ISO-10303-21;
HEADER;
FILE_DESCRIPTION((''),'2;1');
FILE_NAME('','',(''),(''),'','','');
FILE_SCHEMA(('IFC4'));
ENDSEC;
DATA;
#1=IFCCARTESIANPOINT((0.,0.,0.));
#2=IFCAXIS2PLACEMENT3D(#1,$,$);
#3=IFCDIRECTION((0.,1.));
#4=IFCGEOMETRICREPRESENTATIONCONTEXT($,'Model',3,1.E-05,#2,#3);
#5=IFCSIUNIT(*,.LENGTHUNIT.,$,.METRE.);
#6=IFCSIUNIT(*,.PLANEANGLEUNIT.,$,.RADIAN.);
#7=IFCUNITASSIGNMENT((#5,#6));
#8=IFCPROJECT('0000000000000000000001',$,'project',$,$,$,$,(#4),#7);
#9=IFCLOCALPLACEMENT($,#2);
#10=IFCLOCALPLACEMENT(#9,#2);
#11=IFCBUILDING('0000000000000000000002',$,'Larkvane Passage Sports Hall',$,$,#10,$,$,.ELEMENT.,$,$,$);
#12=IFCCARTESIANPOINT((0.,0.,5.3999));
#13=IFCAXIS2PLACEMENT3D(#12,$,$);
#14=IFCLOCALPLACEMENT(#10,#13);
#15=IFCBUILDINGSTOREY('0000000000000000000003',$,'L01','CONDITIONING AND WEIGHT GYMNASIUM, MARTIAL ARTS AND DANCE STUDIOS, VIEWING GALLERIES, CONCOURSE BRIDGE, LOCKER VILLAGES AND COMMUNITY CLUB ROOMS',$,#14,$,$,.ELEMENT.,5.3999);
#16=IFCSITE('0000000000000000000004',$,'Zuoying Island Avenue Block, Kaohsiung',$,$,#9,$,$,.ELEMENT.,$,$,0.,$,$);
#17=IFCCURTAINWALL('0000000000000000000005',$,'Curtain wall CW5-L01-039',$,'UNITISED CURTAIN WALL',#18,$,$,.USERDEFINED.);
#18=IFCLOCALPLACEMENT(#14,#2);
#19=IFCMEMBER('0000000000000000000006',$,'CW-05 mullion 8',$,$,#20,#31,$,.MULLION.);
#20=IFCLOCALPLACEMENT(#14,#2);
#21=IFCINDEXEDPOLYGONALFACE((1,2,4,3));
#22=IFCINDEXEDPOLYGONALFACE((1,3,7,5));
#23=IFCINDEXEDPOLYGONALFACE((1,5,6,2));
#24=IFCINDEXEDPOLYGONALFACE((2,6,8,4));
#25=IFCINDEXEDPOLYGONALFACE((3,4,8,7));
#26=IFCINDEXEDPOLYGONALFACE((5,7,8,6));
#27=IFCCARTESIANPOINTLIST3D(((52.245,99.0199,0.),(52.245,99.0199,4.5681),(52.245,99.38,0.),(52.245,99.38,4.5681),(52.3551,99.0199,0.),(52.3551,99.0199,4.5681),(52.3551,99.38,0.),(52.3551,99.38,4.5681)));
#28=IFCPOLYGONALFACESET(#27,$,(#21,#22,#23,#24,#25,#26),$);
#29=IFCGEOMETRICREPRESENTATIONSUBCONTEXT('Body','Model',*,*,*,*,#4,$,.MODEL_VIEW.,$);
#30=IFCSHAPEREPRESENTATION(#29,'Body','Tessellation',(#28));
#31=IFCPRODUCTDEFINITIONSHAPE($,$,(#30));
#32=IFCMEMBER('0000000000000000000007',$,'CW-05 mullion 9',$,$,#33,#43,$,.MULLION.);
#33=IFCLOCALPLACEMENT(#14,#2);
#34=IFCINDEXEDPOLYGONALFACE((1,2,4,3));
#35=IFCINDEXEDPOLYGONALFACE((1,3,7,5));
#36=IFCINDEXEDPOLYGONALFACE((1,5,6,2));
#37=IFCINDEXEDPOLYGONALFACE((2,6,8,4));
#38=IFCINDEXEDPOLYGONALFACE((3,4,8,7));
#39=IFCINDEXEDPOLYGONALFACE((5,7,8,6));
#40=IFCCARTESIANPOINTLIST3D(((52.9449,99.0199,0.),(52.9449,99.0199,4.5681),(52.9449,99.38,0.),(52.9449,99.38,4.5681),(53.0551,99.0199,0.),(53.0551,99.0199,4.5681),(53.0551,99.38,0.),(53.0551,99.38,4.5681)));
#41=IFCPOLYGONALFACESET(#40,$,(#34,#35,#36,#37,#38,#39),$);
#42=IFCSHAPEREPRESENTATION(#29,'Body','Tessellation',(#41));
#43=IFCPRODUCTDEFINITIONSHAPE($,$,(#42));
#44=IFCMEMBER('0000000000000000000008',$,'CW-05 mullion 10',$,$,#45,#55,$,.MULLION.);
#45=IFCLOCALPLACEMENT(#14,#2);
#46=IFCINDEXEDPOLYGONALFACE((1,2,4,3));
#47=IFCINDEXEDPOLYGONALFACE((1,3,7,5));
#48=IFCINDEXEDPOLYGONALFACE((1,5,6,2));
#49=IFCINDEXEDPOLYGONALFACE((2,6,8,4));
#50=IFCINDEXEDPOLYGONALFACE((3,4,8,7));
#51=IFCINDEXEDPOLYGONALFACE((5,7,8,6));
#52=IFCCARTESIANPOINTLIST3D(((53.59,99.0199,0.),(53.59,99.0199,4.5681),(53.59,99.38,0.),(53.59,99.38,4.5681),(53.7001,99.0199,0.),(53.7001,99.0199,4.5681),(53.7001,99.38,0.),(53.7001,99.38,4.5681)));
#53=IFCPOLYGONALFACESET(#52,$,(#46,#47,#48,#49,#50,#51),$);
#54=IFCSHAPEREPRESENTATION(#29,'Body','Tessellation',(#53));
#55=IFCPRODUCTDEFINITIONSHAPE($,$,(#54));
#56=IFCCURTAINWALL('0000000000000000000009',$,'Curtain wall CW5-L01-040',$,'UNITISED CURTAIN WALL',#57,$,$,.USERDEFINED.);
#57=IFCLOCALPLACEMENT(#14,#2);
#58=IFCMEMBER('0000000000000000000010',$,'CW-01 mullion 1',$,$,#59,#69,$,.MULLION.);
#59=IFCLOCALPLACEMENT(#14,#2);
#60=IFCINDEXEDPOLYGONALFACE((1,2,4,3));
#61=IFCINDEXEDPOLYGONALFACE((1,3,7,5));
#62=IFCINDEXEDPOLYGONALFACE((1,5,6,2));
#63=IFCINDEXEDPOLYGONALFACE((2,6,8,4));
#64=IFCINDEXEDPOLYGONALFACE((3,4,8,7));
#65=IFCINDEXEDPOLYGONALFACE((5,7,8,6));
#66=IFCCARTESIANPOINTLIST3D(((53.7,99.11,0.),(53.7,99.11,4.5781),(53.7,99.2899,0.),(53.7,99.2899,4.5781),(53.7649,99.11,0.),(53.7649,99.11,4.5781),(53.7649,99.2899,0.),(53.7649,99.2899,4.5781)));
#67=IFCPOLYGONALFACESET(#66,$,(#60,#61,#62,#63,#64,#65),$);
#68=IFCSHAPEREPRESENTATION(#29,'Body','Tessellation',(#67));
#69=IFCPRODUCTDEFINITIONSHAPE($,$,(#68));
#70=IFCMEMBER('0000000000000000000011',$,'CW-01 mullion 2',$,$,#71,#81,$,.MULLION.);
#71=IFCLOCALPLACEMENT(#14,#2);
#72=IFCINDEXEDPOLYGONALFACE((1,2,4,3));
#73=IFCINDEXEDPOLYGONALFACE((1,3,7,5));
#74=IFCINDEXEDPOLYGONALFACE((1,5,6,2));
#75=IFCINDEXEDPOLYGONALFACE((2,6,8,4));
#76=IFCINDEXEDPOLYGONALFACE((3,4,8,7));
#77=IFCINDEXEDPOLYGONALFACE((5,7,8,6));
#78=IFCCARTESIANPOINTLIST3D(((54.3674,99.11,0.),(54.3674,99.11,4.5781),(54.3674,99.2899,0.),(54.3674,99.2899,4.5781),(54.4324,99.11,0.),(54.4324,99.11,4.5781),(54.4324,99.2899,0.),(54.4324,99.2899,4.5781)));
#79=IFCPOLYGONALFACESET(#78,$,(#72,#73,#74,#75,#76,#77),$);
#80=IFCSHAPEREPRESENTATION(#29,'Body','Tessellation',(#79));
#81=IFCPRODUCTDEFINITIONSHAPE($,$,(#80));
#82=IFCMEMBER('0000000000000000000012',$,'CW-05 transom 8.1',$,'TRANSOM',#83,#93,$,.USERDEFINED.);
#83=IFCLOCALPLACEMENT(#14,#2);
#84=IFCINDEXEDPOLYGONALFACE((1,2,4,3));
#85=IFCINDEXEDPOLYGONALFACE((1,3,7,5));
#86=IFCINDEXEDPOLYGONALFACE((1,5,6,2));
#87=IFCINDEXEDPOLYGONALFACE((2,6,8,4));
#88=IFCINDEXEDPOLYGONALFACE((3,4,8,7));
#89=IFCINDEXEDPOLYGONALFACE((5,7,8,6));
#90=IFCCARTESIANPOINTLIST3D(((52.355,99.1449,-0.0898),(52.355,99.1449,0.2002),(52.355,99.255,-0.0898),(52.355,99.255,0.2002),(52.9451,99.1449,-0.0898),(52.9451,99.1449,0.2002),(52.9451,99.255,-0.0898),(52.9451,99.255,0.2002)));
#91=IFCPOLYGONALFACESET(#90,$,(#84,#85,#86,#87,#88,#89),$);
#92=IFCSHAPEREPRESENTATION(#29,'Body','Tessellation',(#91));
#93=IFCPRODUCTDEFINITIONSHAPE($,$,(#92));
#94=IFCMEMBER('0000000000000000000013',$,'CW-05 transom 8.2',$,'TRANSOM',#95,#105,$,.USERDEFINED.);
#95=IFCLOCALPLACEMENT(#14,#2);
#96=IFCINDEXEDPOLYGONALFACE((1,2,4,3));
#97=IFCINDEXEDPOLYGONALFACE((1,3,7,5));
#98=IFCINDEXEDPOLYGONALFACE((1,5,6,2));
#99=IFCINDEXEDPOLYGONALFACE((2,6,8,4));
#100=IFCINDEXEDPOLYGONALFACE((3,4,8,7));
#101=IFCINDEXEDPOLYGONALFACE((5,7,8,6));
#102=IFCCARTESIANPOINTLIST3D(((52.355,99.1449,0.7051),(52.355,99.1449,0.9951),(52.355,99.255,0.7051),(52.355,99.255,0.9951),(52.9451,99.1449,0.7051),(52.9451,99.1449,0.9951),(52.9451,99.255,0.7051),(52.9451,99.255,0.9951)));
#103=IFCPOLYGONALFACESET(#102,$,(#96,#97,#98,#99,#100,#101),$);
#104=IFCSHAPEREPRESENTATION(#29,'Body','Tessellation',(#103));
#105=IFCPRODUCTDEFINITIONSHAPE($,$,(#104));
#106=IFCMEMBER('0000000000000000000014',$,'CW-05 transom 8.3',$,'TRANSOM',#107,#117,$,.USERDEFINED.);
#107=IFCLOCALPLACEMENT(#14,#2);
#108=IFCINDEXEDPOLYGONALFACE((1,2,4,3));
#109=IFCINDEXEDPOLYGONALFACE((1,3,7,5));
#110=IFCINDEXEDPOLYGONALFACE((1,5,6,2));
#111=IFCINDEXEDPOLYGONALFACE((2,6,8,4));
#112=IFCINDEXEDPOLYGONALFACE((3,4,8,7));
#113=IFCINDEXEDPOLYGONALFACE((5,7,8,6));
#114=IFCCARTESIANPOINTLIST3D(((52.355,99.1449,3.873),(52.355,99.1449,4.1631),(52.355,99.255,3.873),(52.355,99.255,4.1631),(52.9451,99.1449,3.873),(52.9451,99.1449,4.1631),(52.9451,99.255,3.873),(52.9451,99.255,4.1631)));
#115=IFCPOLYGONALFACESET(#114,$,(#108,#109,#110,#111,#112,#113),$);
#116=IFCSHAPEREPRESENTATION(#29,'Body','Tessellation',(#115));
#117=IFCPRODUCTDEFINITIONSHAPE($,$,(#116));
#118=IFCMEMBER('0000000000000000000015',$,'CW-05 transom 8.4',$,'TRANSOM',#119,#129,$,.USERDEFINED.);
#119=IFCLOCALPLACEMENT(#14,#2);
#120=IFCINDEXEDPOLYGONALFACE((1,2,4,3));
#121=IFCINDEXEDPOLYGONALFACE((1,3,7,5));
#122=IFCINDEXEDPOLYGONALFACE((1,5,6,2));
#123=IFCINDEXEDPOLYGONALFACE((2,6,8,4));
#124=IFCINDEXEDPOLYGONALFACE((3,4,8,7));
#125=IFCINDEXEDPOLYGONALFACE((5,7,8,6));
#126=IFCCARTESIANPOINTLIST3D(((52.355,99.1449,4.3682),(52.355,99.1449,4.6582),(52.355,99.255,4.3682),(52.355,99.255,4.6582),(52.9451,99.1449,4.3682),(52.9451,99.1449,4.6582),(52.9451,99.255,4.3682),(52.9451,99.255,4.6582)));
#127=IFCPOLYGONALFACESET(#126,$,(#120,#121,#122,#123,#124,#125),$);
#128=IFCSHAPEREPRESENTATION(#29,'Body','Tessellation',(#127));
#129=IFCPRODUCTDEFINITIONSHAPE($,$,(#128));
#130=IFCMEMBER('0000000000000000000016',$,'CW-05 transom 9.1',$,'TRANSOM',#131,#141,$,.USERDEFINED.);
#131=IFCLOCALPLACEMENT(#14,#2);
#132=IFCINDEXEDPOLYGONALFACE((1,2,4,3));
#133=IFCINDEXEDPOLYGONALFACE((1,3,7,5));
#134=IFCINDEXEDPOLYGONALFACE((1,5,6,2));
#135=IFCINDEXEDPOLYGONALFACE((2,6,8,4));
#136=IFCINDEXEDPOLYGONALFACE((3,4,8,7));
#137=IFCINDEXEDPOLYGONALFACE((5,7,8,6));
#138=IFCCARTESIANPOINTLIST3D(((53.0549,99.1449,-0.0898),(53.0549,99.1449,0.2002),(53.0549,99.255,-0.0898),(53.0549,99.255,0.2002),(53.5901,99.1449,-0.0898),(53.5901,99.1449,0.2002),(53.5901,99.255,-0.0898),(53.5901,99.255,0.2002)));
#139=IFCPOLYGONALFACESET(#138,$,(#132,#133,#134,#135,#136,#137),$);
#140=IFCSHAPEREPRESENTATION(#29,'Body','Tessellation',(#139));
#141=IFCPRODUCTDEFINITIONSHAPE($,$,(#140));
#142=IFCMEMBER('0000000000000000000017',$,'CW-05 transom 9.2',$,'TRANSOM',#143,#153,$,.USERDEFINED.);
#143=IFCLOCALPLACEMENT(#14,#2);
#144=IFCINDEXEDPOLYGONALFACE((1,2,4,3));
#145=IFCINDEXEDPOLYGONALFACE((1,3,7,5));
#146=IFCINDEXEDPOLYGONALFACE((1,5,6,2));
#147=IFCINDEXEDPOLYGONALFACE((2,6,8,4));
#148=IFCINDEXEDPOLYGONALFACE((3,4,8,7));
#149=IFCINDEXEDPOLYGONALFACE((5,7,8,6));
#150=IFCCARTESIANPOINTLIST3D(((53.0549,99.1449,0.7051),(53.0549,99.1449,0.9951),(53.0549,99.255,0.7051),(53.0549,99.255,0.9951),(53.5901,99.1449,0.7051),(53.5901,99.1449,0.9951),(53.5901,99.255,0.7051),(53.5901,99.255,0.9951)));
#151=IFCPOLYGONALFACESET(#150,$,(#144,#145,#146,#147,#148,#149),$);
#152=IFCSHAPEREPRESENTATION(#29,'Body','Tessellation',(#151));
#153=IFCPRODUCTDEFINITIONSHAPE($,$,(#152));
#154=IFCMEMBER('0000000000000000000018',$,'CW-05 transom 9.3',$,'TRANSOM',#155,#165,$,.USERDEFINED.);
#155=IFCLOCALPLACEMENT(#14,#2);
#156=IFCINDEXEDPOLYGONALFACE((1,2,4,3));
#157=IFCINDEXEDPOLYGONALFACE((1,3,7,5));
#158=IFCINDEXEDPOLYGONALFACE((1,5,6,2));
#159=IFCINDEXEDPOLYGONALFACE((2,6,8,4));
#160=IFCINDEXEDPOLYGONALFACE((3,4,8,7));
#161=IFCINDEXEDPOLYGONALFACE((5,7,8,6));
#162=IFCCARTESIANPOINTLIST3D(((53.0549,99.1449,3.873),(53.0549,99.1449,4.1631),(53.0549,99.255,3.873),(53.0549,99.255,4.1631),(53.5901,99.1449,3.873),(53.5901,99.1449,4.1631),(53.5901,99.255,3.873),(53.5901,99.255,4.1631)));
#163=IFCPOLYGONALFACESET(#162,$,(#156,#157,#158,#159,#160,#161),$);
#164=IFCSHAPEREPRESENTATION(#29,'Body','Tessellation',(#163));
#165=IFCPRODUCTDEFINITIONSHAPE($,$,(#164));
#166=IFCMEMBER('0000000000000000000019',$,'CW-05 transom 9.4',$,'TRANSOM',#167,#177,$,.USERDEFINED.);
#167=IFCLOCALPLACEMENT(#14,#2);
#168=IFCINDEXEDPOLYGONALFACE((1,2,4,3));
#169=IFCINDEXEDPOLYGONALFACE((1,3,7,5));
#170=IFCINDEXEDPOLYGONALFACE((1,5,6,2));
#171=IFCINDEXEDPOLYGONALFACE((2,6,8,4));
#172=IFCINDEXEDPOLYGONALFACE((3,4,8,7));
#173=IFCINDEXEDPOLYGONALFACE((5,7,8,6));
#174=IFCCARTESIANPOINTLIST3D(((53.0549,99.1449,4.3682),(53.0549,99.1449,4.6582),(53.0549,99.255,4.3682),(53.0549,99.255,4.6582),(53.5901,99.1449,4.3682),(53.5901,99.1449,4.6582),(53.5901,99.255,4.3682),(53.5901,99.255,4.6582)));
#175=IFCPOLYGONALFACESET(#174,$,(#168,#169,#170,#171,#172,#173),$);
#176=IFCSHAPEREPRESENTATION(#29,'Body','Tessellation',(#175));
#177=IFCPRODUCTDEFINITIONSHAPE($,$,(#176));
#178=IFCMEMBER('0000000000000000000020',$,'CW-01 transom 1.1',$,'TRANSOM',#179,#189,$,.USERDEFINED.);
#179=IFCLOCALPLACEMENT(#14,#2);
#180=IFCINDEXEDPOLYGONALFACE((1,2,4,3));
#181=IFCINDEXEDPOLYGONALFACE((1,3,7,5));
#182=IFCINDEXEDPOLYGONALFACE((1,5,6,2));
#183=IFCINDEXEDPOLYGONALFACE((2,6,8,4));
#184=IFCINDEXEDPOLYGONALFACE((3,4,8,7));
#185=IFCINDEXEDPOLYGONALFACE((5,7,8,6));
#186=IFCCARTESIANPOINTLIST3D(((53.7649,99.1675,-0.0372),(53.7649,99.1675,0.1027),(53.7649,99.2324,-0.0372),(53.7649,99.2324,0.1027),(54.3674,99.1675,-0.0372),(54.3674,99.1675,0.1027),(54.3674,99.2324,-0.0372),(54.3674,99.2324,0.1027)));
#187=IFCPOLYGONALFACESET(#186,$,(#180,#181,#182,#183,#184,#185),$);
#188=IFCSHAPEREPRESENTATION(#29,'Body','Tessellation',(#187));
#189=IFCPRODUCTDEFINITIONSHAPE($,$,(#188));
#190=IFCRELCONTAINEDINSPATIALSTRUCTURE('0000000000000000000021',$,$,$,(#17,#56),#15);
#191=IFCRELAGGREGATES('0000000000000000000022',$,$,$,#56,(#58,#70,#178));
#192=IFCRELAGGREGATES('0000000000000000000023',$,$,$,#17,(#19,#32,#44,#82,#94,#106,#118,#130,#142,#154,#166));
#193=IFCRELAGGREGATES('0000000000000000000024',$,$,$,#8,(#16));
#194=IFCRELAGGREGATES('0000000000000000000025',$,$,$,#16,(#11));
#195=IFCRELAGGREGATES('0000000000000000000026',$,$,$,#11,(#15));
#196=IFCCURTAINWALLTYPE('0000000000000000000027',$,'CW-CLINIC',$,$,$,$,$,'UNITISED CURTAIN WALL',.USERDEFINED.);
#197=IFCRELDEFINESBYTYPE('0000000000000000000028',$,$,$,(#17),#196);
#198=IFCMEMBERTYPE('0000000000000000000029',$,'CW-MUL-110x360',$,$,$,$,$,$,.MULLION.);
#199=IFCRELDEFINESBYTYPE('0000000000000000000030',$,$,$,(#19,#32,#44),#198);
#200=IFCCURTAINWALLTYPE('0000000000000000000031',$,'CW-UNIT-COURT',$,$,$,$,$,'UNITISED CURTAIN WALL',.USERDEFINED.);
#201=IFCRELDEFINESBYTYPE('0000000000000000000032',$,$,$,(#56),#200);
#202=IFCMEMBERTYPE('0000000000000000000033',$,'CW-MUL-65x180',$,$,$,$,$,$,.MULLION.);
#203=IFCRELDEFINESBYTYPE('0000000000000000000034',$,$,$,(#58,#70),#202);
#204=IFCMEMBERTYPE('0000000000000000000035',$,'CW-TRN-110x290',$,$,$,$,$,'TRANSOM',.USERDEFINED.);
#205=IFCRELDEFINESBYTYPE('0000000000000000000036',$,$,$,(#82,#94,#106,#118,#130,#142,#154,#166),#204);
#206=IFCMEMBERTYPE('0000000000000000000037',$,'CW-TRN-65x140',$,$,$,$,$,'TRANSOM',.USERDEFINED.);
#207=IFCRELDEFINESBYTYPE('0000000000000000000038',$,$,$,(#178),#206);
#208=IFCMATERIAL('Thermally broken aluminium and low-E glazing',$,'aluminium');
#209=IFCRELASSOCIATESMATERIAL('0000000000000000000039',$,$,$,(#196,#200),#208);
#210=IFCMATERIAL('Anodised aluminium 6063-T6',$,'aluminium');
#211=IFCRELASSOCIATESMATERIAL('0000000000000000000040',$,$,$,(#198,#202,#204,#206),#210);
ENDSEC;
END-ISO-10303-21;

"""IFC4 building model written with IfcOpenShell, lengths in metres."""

from ifc_helpers import new_model, si_unit, direction, frame, origin, origin_2d, place, context, subcontext, project, spatial, rectangle, extrude, material, material_profile, profile_set, type_object, element, aggregate, save


model = new_model("IFC4")

# Units and contexts
model_context = context("Model", 3, precision=1e-05, world=origin(), true_north=direction((0.0, 1.0)))
body_context = subcontext(model_context, "Body", "Model", "MODEL_VIEW")
ifc_project = project(units=[si_unit("LENGTHUNIT", "METRE"), si_unit("PLANEANGLEUNIT", "RADIAN")], contexts=[model_context])

# Site, building, storey
site_placement = place(None, origin())
site = spatial("IfcSite", under=ifc_project, at=site_placement, Name="Zuoying Island Avenue Block, Kaohsiung", CompositionType="ELEMENT", RefElevation=0.0)
building_placement = place(site_placement, origin())
building = spatial("IfcBuilding", under=site, at=building_placement, Name="Larkvane Passage Sports Hall", CompositionType="ELEMENT")
storey_placement = place(building_placement, frame((0.0, 0.0, 5.3999)))
storey = spatial("IfcBuildingStorey", under=building, at=storey_placement, Name="L01", Description="CONDITIONING AND WEIGHT GYMNASIUM, MARTIAL ARTS AND DANCE STUDIOS, VIEWING GALLERIES, CONCOURSE BRIDGE, LOCKER VILLAGES AND COMMUNITY CLUB ROOMS", CompositionType="ELEMENT", Elevation=5.3999)

# Curtain walls, members
ifc_material_1 = material(Name="Thermally broken aluminium and low-E glazing", Category="aluminium")
curtain_wall_type_1 = type_object("IfcCurtainWallType", Name="CW-CLINIC", ElementType="UNITISED CURTAIN WALL", PredefinedType="USERDEFINED", material=ifc_material_1)
curtain_wall_1_placement = place(storey_placement, origin())
curtain_wall_1 = element("IfcCurtainWall", 1, at=curtain_wall_1_placement, inside=storey, type_object=curtain_wall_type_1, Name="Curtain wall CW5-L01-039", ObjectType="UNITISED CURTAIN WALL", PredefinedType="USERDEFINED")
ifc_material_2 = material(Name="Anodised aluminium 6063-T6", Category="aluminium")
ifc_material_profile_1 = material_profile(ifc_material_2, rectangle(XDim=0.1101, YDim=0.3601, at=origin_2d()), Name="ALU-MUL-110x360")
ifc_profile_set_1 = profile_set([ifc_material_profile_1], Name="Anodised aluminium 6063-T6")
member_type_1 = type_object("IfcMemberType", Name="CW-MUL-110x360", PredefinedType="MULLION", material=ifc_profile_set_1)
member_1_placement = place(storey_placement, frame((52.3, 99.2, 0.0), z_axis=(0.0, 0.0, 1.0), x_axis=(1.0, 0.0, 0.0)))
member_1 = element("IfcMember", 2, at=member_1_placement, type_object=member_type_1, Name="CW-05 mullion 8", PredefinedType="MULLION", context=body_context, shape_type="SweptSolid", body=[
    extrude(rectangle(XDim=0.1101, YDim=0.3601, at=origin_2d()), origin(), (0.0, 0.0, 1.0), 4.5681),
])
member_2_placement = place(storey_placement, frame((53.0, 99.2, 0.0), z_axis=(0.0, 0.0, 1.0), x_axis=(1.0, 0.0, 0.0)))
member_2 = element("IfcMember", 3, at=member_2_placement, type_object=member_type_1, Name="CW-05 mullion 9", PredefinedType="MULLION", context=body_context, shape_type="SweptSolid", body=[
    extrude(rectangle(XDim=0.1101, YDim=0.3601, at=origin_2d()), origin(), (0.0, 0.0, 1.0), 4.5681),
])
member_3_placement = place(storey_placement, frame((53.645, 99.2, 0.0), z_axis=(0.0, 0.0, 1.0), x_axis=(1.0, 0.0, 0.0)))
member_3 = element("IfcMember", 4, at=member_3_placement, type_object=member_type_1, Name="CW-05 mullion 10", PredefinedType="MULLION", context=body_context, shape_type="SweptSolid", body=[
    extrude(rectangle(XDim=0.1101, YDim=0.3601, at=origin_2d()), origin(), (0.0, 0.0, 1.0), 4.5681),
])
curtain_wall_type_2 = type_object("IfcCurtainWallType", Name="CW-UNIT-COURT", ElementType="UNITISED CURTAIN WALL", PredefinedType="USERDEFINED", material=ifc_material_1)
curtain_wall_2_placement = place(storey_placement, origin())
curtain_wall_2 = element("IfcCurtainWall", 5, at=curtain_wall_2_placement, inside=storey, type_object=curtain_wall_type_2, Name="Curtain wall CW5-L01-040", ObjectType="UNITISED CURTAIN WALL", PredefinedType="USERDEFINED")
ifc_material_profile_2 = material_profile(ifc_material_2, rectangle(XDim=0.0649, YDim=0.1799, at=origin_2d()), Name="ALU-MUL-65x180")
ifc_profile_set_2 = profile_set([ifc_material_profile_2], Name="Anodised aluminium 6063-T6")
member_type_2 = type_object("IfcMemberType", Name="CW-MUL-65x180", PredefinedType="MULLION", material=ifc_profile_set_2)
member_4_placement = place(storey_placement, frame((53.7324, 99.2, 0.0), z_axis=(0.0, 0.0, 1.0), x_axis=(1.0, 0.0, 0.0)))
member_4 = element("IfcMember", 6, at=member_4_placement, type_object=member_type_2, Name="CW-01 mullion 1", PredefinedType="MULLION", context=body_context, shape_type="SweptSolid", body=[
    extrude(rectangle(XDim=0.0649, YDim=0.1799, at=origin_2d()), origin(), (0.0, 0.0, 1.0), 4.5781),
])
member_5_placement = place(storey_placement, frame((54.3999, 99.2, 0.0), z_axis=(0.0, 0.0, 1.0), x_axis=(1.0, 0.0, 0.0)))
member_5 = element("IfcMember", 7, at=member_5_placement, type_object=member_type_2, Name="CW-01 mullion 2", PredefinedType="MULLION", context=body_context, shape_type="SweptSolid", body=[
    extrude(rectangle(XDim=0.0649, YDim=0.1799, at=origin_2d()), origin(), (0.0, 0.0, 1.0), 4.5781),
])

# Members
ifc_material_profile_3 = material_profile(ifc_material_2, rectangle(XDim=0.1101, YDim=0.29, at=origin_2d()), Name="ALU-TRN-110x290")
ifc_profile_set_3 = profile_set([ifc_material_profile_3], Name="Anodised aluminium 6063-T6")
member_type_3 = type_object("IfcMemberType", Name="CW-TRN-110x290", ElementType="TRANSOM", PredefinedType="USERDEFINED", material=ifc_profile_set_3)
member_6_placement = place(storey_placement, frame((52.355, 99.2, 0.0552), z_axis=(1.0, 0.0, 0.0), x_axis=(0.0, 1.0, 0.0)))
member_6 = element("IfcMember", 8, at=member_6_placement, type_object=member_type_3, Name="CW-05 transom 8.1", ObjectType="TRANSOM", PredefinedType="USERDEFINED", context=body_context, shape_type="SweptSolid", body=[
    extrude(rectangle(XDim=0.1101, YDim=0.29, at=origin_2d()), origin(), (0.0, 0.0, 1.0), 0.5901),
])
member_7_placement = place(storey_placement, frame((52.355, 99.2, 0.8501), z_axis=(1.0, 0.0, 0.0), x_axis=(0.0, 1.0, 0.0)))
member_7 = element("IfcMember", 9, at=member_7_placement, type_object=member_type_3, Name="CW-05 transom 8.2", ObjectType="TRANSOM", PredefinedType="USERDEFINED", context=body_context, shape_type="SweptSolid", body=[
    extrude(rectangle(XDim=0.1101, YDim=0.29, at=origin_2d()), origin(), (0.0, 0.0, 1.0), 0.5901),
])
member_8_placement = place(storey_placement, frame((52.355, 99.2, 4.0181), z_axis=(1.0, 0.0, 0.0), x_axis=(0.0, 1.0, 0.0)))
member_8 = element("IfcMember", 10, at=member_8_placement, type_object=member_type_3, Name="CW-05 transom 8.3", ObjectType="TRANSOM", PredefinedType="USERDEFINED", context=body_context, shape_type="SweptSolid", body=[
    extrude(rectangle(XDim=0.1101, YDim=0.29, at=origin_2d()), origin(), (0.0, 0.0, 1.0), 0.5901),
])
member_9_placement = place(storey_placement, frame((52.355, 99.2, 4.5132), z_axis=(1.0, 0.0, 0.0), x_axis=(0.0, 1.0, 0.0)))
member_9 = element("IfcMember", 11, at=member_9_placement, type_object=member_type_3, Name="CW-05 transom 8.4", ObjectType="TRANSOM", PredefinedType="USERDEFINED", context=body_context, shape_type="SweptSolid", body=[
    extrude(rectangle(XDim=0.1101, YDim=0.29, at=origin_2d()), origin(), (0.0, 0.0, 1.0), 0.5901),
])
member_10_placement = place(storey_placement, frame((53.0549, 99.2, 0.0552), z_axis=(1.0, 0.0, 0.0), x_axis=(0.0, 1.0, 0.0)))
member_10 = element("IfcMember", 12, at=member_10_placement, type_object=member_type_3, Name="CW-05 transom 9.1", ObjectType="TRANSOM", PredefinedType="USERDEFINED", context=body_context, shape_type="SweptSolid", body=[
    extrude(rectangle(XDim=0.1101, YDim=0.29, at=origin_2d()), origin(), (0.0, 0.0, 1.0), 0.5352),
])
member_11_placement = place(storey_placement, frame((53.0549, 99.2, 0.8501), z_axis=(1.0, 0.0, 0.0), x_axis=(0.0, 1.0, 0.0)))
member_11 = element("IfcMember", 13, at=member_11_placement, type_object=member_type_3, Name="CW-05 transom 9.2", ObjectType="TRANSOM", PredefinedType="USERDEFINED", context=body_context, shape_type="SweptSolid", body=[
    extrude(rectangle(XDim=0.1101, YDim=0.29, at=origin_2d()), origin(), (0.0, 0.0, 1.0), 0.5352),
])
member_12_placement = place(storey_placement, frame((53.0549, 99.2, 4.0181), z_axis=(1.0, 0.0, 0.0), x_axis=(0.0, 1.0, 0.0)))
member_12 = element("IfcMember", 14, at=member_12_placement, type_object=member_type_3, Name="CW-05 transom 9.3", ObjectType="TRANSOM", PredefinedType="USERDEFINED", context=body_context, shape_type="SweptSolid", body=[
    extrude(rectangle(XDim=0.1101, YDim=0.29, at=origin_2d()), origin(), (0.0, 0.0, 1.0), 0.5352),
])
member_13_placement = place(storey_placement, frame((53.0549, 99.2, 4.5132), z_axis=(1.0, 0.0, 0.0), x_axis=(0.0, 1.0, 0.0)))
member_13 = element("IfcMember", 15, at=member_13_placement, type_object=member_type_3, Name="CW-05 transom 9.4", ObjectType="TRANSOM", PredefinedType="USERDEFINED", context=body_context, shape_type="SweptSolid", body=[
    extrude(rectangle(XDim=0.1101, YDim=0.29, at=origin_2d()), origin(), (0.0, 0.0, 1.0), 0.5352),
])
ifc_material_profile_4 = material_profile(ifc_material_2, rectangle(XDim=0.0649, YDim=0.1399, at=origin_2d()), Name="ALU-TRN-65x140")
ifc_profile_set_4 = profile_set([ifc_material_profile_4], Name="Anodised aluminium 6063-T6")
member_type_4 = type_object("IfcMemberType", Name="CW-TRN-65x140", ElementType="TRANSOM", PredefinedType="USERDEFINED", material=ifc_profile_set_4)
member_14_placement = place(storey_placement, frame((53.7649, 99.2, 0.0327), z_axis=(1.0, 0.0, 0.0), x_axis=(0.0, 1.0, 0.0)))
member_14 = element("IfcMember", 16, at=member_14_placement, type_object=member_type_4, Name="CW-01 transom 1.1", ObjectType="TRANSOM", PredefinedType="USERDEFINED", context=body_context, shape_type="SweptSolid", body=[
    extrude(rectangle(XDim=0.0649, YDim=0.1399, at=origin_2d()), origin(), (0.0, 0.0, 1.0), 0.6025),
])

aggregate(curtain_wall_2, [member_4, member_5, member_14])
aggregate(curtain_wall_1, [member_1, member_2, member_3, member_6, member_7, member_8, member_9, member_10, member_11, member_12, member_13])

save(model, "model.ifc")
